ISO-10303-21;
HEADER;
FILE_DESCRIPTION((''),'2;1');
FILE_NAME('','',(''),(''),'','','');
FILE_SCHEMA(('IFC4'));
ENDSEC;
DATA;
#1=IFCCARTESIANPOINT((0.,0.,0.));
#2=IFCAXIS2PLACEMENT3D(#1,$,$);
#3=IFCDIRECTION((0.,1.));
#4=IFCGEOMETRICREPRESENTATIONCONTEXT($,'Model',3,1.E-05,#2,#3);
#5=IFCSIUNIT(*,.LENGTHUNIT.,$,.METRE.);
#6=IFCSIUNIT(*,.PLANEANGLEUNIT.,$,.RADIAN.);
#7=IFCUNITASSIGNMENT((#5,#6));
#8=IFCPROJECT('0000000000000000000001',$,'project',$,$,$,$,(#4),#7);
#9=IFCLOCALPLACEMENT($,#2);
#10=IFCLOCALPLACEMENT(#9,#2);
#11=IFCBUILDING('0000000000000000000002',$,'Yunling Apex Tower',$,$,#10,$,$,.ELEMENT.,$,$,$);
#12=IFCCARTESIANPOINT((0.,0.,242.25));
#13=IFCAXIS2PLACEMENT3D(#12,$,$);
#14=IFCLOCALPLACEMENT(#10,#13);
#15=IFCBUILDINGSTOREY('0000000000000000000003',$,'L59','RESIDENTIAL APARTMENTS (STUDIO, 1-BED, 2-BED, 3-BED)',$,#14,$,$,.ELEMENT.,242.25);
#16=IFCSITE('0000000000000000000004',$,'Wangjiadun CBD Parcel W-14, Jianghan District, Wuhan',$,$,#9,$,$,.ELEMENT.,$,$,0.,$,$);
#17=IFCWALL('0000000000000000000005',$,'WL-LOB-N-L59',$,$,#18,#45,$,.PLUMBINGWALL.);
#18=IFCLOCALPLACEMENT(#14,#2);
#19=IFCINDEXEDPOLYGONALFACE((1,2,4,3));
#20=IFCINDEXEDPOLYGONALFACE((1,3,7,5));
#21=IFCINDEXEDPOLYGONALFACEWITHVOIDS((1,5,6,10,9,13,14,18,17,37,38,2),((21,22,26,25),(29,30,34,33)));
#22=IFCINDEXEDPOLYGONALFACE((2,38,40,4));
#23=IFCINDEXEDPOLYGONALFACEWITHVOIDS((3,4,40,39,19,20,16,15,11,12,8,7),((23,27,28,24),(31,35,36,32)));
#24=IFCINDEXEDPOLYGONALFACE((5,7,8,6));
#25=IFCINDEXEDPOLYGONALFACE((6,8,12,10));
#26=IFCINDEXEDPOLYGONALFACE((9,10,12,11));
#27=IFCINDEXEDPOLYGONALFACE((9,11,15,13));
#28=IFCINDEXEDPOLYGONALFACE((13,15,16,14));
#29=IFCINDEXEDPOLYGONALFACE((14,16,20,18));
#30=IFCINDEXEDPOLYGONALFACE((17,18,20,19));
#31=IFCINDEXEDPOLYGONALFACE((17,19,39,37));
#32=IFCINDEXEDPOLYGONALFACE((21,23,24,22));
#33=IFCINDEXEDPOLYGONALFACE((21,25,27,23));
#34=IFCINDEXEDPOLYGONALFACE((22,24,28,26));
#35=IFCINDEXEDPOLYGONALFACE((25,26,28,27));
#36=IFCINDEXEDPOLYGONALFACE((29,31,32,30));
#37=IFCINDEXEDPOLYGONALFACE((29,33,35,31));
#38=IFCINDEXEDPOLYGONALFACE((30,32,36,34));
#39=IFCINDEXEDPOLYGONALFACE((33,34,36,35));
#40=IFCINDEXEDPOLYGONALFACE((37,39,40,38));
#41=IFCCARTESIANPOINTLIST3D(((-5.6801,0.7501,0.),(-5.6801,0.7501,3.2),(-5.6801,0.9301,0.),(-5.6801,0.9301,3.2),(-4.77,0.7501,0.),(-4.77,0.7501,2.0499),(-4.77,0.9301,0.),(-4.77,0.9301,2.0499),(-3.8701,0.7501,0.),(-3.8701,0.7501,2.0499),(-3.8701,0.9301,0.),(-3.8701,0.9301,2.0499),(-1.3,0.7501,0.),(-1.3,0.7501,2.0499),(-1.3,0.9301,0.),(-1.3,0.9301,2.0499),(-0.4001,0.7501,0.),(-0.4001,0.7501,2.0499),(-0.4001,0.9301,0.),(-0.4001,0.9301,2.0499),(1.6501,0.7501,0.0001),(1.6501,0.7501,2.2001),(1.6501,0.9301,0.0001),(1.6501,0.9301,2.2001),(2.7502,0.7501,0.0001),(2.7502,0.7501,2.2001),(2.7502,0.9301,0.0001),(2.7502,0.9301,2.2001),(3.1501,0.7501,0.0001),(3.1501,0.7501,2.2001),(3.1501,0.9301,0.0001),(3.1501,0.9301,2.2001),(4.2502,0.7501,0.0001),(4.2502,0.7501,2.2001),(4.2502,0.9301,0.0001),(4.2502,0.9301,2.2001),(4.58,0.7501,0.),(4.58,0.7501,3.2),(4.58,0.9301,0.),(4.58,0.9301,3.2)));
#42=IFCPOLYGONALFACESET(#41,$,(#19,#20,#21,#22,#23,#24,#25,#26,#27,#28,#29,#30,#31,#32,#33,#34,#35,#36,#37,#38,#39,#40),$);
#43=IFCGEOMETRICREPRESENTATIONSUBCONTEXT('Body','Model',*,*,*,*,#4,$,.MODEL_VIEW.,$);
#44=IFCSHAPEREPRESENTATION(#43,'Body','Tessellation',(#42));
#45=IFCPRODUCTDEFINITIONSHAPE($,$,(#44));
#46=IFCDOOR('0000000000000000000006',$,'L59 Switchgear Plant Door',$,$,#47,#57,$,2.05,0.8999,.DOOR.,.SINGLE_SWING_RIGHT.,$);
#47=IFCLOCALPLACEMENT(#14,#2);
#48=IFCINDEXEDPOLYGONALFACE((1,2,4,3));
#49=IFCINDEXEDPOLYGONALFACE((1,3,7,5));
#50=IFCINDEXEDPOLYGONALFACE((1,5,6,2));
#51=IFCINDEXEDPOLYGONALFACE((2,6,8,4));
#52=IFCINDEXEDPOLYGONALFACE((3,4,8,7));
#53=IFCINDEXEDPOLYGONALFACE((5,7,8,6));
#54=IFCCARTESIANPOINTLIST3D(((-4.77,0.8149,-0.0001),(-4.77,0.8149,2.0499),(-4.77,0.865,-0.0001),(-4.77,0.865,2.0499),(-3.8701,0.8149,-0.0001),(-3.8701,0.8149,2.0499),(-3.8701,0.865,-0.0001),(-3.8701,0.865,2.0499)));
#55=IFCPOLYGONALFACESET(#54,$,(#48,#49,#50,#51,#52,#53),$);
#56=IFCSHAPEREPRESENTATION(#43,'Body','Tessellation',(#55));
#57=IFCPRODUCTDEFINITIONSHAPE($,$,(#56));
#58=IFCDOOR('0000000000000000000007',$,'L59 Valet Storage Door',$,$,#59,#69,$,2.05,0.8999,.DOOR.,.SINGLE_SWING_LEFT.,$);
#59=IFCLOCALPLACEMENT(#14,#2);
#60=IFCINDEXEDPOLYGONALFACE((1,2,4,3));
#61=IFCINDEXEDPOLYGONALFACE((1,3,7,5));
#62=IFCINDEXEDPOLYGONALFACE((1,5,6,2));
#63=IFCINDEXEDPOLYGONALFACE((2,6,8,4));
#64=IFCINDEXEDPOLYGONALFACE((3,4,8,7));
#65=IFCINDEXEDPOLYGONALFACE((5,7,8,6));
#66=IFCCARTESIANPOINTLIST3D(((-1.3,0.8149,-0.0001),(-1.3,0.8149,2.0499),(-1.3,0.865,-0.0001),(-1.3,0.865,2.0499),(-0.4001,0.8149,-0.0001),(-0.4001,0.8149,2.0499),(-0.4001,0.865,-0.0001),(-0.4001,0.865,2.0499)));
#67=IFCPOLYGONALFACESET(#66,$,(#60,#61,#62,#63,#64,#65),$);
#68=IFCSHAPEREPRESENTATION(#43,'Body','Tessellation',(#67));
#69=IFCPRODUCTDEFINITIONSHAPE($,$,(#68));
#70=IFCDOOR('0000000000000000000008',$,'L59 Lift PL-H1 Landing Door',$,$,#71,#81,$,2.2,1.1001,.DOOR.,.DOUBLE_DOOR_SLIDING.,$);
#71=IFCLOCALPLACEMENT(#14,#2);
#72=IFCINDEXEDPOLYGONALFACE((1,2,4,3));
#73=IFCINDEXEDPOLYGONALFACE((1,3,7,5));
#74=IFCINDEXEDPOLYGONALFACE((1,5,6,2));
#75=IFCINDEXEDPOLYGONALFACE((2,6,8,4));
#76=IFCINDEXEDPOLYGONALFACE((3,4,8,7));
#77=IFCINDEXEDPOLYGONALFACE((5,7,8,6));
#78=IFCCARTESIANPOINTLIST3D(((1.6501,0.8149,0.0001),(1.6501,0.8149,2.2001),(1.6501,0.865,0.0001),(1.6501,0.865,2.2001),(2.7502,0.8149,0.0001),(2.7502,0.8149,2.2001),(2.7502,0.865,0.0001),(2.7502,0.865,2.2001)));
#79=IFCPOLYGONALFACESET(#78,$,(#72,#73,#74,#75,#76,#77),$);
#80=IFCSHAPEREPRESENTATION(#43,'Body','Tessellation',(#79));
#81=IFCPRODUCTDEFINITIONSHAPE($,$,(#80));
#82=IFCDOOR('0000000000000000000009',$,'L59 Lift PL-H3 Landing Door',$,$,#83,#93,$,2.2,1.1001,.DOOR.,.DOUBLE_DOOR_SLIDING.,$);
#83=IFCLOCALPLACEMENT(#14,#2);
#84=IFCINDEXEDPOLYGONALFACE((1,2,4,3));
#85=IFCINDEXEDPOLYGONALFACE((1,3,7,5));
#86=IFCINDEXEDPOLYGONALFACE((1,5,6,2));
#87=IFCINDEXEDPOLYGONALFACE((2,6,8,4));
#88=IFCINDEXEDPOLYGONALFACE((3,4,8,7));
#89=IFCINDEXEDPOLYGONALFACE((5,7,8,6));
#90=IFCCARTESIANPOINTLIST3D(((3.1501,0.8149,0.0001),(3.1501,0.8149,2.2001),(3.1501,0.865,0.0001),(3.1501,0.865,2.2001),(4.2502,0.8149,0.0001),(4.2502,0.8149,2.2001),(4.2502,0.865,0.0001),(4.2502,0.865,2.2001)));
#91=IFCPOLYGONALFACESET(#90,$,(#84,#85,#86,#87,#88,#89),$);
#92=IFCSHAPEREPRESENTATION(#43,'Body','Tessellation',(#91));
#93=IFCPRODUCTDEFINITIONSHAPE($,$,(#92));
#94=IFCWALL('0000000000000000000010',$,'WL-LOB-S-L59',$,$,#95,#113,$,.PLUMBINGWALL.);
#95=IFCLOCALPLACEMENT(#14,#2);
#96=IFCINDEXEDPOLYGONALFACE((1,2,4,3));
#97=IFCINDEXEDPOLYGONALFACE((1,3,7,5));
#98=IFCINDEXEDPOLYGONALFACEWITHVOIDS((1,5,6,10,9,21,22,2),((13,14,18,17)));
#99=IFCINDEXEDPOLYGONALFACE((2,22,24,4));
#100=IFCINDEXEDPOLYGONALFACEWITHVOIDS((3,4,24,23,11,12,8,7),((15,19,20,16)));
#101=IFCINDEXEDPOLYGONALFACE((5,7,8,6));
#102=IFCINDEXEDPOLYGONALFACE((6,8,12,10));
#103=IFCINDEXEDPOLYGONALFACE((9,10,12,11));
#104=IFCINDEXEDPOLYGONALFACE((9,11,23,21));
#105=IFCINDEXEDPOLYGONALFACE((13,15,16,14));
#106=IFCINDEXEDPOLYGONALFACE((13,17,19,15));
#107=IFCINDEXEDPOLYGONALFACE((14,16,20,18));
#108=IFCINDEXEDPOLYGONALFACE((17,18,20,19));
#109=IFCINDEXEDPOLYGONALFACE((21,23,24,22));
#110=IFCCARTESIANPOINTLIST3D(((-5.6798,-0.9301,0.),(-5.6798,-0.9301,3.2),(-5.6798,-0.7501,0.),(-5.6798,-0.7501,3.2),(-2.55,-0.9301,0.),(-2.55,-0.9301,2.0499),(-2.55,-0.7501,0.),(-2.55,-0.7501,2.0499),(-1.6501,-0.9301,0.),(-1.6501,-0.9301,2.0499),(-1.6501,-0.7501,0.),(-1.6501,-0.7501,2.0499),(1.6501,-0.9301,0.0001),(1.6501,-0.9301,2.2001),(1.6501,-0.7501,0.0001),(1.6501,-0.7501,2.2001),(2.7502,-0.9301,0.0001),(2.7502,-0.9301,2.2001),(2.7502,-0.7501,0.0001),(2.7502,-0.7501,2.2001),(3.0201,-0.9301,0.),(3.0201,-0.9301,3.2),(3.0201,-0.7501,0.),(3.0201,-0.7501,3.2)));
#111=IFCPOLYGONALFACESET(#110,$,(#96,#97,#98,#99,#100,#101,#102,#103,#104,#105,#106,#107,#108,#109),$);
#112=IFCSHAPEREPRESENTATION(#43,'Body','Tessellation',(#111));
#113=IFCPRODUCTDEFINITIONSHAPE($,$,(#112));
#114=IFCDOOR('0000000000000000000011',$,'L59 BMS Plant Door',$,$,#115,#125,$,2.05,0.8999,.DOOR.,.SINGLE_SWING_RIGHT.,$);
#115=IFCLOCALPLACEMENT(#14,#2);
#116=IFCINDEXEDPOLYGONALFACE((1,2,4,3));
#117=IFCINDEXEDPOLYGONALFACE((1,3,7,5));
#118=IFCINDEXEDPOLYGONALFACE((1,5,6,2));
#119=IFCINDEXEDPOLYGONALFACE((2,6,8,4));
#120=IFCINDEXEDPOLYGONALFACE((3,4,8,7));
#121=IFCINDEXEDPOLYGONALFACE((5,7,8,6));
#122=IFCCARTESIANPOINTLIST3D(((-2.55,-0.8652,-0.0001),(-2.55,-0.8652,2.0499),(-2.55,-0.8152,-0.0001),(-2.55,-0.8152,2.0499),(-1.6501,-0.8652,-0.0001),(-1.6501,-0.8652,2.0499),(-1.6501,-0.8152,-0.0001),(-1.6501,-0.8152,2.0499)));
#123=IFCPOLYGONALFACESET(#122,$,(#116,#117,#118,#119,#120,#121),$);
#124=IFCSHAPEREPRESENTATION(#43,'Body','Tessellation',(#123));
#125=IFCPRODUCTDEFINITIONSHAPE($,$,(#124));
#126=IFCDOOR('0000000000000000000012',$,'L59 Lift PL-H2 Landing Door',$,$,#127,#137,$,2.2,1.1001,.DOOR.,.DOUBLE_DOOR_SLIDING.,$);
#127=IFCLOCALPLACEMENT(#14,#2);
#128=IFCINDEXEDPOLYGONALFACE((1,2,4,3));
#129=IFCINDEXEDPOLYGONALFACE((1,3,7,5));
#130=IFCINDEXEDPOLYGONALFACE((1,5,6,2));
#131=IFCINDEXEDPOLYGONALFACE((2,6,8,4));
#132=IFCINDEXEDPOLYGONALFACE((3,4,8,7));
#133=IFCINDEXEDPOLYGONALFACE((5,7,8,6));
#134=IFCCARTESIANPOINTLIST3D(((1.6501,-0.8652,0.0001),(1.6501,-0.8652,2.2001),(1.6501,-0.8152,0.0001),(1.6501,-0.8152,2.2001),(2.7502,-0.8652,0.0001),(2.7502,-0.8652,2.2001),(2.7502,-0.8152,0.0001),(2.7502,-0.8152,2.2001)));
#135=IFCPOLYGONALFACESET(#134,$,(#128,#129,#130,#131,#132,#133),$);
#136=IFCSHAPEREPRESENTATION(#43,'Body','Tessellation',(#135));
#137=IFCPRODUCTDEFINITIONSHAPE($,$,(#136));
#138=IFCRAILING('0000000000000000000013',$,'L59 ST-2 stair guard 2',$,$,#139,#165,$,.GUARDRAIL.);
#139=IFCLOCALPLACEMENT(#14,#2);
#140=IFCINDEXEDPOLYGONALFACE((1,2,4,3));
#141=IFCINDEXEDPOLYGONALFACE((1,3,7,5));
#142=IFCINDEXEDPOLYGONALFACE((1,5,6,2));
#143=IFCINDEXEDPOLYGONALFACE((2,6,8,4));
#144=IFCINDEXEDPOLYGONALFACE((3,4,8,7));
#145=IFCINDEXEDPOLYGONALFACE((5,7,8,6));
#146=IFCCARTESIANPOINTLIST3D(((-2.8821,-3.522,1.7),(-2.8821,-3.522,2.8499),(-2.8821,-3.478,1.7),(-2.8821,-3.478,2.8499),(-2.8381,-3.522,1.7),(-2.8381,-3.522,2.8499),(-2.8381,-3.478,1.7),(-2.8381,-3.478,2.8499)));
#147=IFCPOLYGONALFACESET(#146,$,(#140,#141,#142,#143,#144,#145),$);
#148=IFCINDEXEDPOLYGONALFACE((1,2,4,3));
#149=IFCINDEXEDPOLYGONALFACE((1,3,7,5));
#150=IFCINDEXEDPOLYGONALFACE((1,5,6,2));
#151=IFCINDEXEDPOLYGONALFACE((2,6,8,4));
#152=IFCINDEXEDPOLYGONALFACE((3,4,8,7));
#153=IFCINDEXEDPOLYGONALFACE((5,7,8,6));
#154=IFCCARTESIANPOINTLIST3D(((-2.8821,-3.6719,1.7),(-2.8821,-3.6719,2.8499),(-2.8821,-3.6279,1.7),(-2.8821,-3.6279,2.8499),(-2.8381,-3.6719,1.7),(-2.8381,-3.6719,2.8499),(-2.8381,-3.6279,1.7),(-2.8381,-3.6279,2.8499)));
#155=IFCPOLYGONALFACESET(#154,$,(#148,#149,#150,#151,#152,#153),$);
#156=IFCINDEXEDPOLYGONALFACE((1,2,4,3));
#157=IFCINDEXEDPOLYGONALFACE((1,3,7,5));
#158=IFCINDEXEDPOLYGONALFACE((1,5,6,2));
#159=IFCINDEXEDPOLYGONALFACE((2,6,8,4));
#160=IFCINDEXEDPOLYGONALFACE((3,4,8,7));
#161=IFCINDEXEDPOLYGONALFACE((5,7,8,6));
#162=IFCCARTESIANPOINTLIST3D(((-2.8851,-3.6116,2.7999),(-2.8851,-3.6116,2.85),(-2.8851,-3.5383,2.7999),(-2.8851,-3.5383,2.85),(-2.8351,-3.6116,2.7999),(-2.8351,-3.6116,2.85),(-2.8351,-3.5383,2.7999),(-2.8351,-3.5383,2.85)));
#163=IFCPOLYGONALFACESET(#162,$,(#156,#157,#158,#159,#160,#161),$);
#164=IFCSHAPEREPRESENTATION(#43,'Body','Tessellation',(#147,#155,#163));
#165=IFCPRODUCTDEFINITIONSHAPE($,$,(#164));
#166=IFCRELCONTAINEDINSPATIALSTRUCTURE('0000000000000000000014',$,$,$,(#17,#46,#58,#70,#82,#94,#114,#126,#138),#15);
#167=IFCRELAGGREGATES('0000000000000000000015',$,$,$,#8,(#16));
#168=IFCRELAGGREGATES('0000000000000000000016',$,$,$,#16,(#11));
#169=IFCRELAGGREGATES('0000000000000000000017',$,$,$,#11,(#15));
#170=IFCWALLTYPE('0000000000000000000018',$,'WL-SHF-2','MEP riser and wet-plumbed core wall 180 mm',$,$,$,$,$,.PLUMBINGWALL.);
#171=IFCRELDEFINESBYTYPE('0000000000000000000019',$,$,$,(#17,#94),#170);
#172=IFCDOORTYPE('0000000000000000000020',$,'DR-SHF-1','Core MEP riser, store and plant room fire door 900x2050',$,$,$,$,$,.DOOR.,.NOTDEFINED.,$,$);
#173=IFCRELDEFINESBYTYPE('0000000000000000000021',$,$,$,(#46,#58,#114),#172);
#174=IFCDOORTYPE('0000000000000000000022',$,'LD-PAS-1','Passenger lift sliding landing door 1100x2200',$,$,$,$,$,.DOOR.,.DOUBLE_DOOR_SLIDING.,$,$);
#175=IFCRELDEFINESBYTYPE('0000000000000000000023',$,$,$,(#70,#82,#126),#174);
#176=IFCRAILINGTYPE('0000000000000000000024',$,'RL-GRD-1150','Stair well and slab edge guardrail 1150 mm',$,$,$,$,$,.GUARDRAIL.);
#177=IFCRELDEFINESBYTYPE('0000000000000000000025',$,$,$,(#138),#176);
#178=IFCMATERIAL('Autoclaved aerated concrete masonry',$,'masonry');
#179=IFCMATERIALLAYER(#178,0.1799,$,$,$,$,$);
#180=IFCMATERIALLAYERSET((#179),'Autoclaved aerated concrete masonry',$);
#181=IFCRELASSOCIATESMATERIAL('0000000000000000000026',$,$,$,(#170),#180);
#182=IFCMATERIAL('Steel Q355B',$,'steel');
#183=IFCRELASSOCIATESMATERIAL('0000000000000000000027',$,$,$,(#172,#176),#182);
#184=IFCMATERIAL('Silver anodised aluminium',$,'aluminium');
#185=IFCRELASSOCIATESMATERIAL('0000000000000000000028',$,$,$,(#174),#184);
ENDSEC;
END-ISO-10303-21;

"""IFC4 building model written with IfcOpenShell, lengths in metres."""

from ifc_helpers import new_model, si_unit, direction, frame, frame_2d, origin, origin_2d, place, context, subcontext, project, spatial, rectangle, extrude, material, layer, layer_set, type_object, element, fill, save


model = new_model("IFC4")

# Units and contexts
model_context = context("Model", 3, precision=1e-05, world=origin(), true_north=direction((0.0, 1.0)))
body_context = subcontext(model_context, "Body", "Model", "MODEL_VIEW")
ifc_project = project(units=[si_unit("LENGTHUNIT", "METRE"), si_unit("PLANEANGLEUNIT", "RADIAN")], contexts=[model_context])

# Site, building, storey
site_placement = place(None, origin())
site = spatial("IfcSite", under=ifc_project, at=site_placement, Name="Wangjiadun CBD Parcel W-14, Jianghan District, Wuhan", CompositionType="ELEMENT", RefElevation=0.0)
building_placement = place(site_placement, origin())
building = spatial("IfcBuilding", under=site, at=building_placement, Name="Yunling Apex Tower", CompositionType="ELEMENT")
storey_placement = place(building_placement, frame((0.0, 0.0, 242.25)))
storey = spatial("IfcBuildingStorey", under=building, at=storey_placement, Name="L59", Description="RESIDENTIAL APARTMENTS (STUDIO, 1-BED, 2-BED, 3-BED)", CompositionType="ELEMENT", Elevation=242.25)

# Shared definitions
ifc_material_1 = material(Name="Steel Q355B", Category="steel")

# Shared definitions
ifc_material_2 = material(Name="Autoclaved aerated concrete masonry", Category="masonry")

# Walls, openings, doors
ifc_layer_1 = layer(ifc_material_2, 0.1799)
ifc_layer_set_1 = layer_set([ifc_layer_1], Name="Autoclaved aerated concrete masonry")
wall_type_1 = type_object("IfcWallType", Name="WL-SHF-2", Description="MEP riser and wet-plumbed core wall 180 mm", PredefinedType="PLUMBINGWALL", material=ifc_layer_set_1)
wall_1_placement = place(storey_placement, frame((-5.6799, 0.8401, 0.0), z_axis=(0.0, 0.0, 1.0), x_axis=(1.0, 0.0, 0.0)))
wall_1 = element("IfcWall", 1, at=wall_1_placement, inside=storey, type_object=wall_type_1, Name="WL-LOB-N-L59", PredefinedType="PLUMBINGWALL", context=body_context, shape_type="SweptSolid", body=[
    extrude(rectangle(XDim=10.26, YDim=0.1799, at=frame_2d((5.1299, 0.0))), origin(), (0.0, 0.0, 1.0), 3.2),
])
opening_1_placement = place(wall_1_placement, frame((0.9099, 0.0, 0.0)))
opening_1 = element("IfcOpeningElement", 2, at=opening_1_placement, cuts=wall_1, PredefinedType="OPENING", context=body_context, shape_type="SweptSolid", body=[
    extrude(rectangle(XDim=0.8999, YDim=2.05, at=frame_2d((0.45, 1.0249))), frame((0.0, 0.1001, 0.0), z_axis=(0.0, -1.0, 0.0), x_axis=(1.0, 0.0, 0.0)), (0.0, 0.0, 1.0), 0.2),
])
opening_2_placement = place(wall_1_placement, frame((4.3799, 0.0, 0.0)))
opening_2 = element("IfcOpeningElement", 3, at=opening_2_placement, cuts=wall_1, PredefinedType="OPENING", context=body_context, shape_type="SweptSolid", body=[
    extrude(rectangle(XDim=0.8999, YDim=2.05, at=frame_2d((0.45, 1.0249))), frame((0.0, 0.1001, 0.0), z_axis=(0.0, -1.0, 0.0), x_axis=(1.0, 0.0, 0.0)), (0.0, 0.0, 1.0), 0.2),
])
opening_3_placement = place(wall_1_placement, frame((7.3301, 0.0, 0.0)))
opening_3 = element("IfcOpeningElement", 4, at=opening_3_placement, cuts=wall_1, PredefinedType="OPENING", context=body_context, shape_type="SweptSolid", body=[
    extrude(rectangle(XDim=1.1001, YDim=2.2, at=frame_2d((0.55, 1.1001))), frame((0.0, 0.1001, 0.0), z_axis=(0.0, -1.0, 0.0), x_axis=(1.0, 0.0, 0.0)), (0.0, 0.0, 1.0), 0.2),
])
opening_4_placement = place(wall_1_placement, frame((8.8301, 0.0, 0.0)))
opening_4 = element("IfcOpeningElement", 5, at=opening_4_placement, cuts=wall_1, PredefinedType="OPENING", context=body_context, shape_type="SweptSolid", body=[
    extrude(rectangle(XDim=1.1001, YDim=2.2, at=frame_2d((0.55, 1.1001))), frame((0.0, 0.1001, 0.0), z_axis=(0.0, -1.0, 0.0), x_axis=(1.0, 0.0, 0.0)), (0.0, 0.0, 1.0), 0.2),
])
door_type_1 = type_object("IfcDoorType", Name="DR-SHF-1", Description="Core MEP riser, store and plant room fire door 900x2050", OperationType="NOTDEFINED", PredefinedType="DOOR", material=ifc_material_1)
door_1_placement = place(opening_1_placement, origin())
door_1 = element("IfcDoor", 6, at=door_1_placement, inside=storey, type_object=door_type_1, Name="L59 Switchgear Plant Door", OperationType="SINGLE_SWING_RIGHT", OverallHeight=2.05, OverallWidth=0.8999, PredefinedType="DOOR", context=body_context, shape_type="SweptSolid", body=[
    extrude(rectangle(XDim=0.8999, YDim=2.05, at=frame_2d((0.45, 1.0249))), frame((0.0, 0.0249, 0.0), z_axis=(0.0, -1.0, 0.0), x_axis=(1.0, 0.0, 0.0)), (0.0, 0.0, 1.0), 0.05),
])
fill(opening_1, door_1)
door_2_placement = place(opening_2_placement, origin())
door_2 = element("IfcDoor", 7, at=door_2_placement, inside=storey, type_object=door_type_1, Name="L59 Valet Storage Door", OperationType="SINGLE_SWING_LEFT", OverallHeight=2.05, OverallWidth=0.8999, PredefinedType="DOOR", context=body_context, shape_type="SweptSolid", body=[
    extrude(rectangle(XDim=0.8999, YDim=2.05, at=frame_2d((0.45, 1.0249))), frame((0.0, 0.0249, 0.0), z_axis=(0.0, -1.0, 0.0), x_axis=(1.0, 0.0, 0.0)), (0.0, 0.0, 1.0), 0.05),
])
fill(opening_2, door_2)
ifc_material_3 = material(Name="Silver anodised aluminium", Category="aluminium")
door_type_2 = type_object("IfcDoorType", Name="LD-PAS-1", Description="Passenger lift sliding landing door 1100x2200", OperationType="DOUBLE_DOOR_SLIDING", PredefinedType="DOOR", material=ifc_material_3)
door_3_placement = place(opening_3_placement, origin())
door_3 = element("IfcDoor", 8, at=door_3_placement, inside=storey, type_object=door_type_2, Name="L59 Lift PL-H1 Landing Door", OperationType="DOUBLE_DOOR_SLIDING", OverallHeight=2.2, OverallWidth=1.1001, PredefinedType="DOOR", context=body_context, shape_type="SweptSolid", body=[
    extrude(rectangle(XDim=1.1001, YDim=2.2, at=frame_2d((0.55, 1.1001))), frame((0.0, 0.0249, 0.0), z_axis=(0.0, -1.0, 0.0), x_axis=(1.0, 0.0, 0.0)), (0.0, 0.0, 1.0), 0.05),
])
fill(opening_3, door_3)
door_4_placement = place(opening_4_placement, origin())
door_4 = element("IfcDoor", 9, at=door_4_placement, inside=storey, type_object=door_type_2, Name="L59 Lift PL-H3 Landing Door", OperationType="DOUBLE_DOOR_SLIDING", OverallHeight=2.2, OverallWidth=1.1001, PredefinedType="DOOR", context=body_context, shape_type="SweptSolid", body=[
    extrude(rectangle(XDim=1.1001, YDim=2.2, at=frame_2d((0.55, 1.1001))), frame((0.0, 0.0249, 0.0), z_axis=(0.0, -1.0, 0.0), x_axis=(1.0, 0.0, 0.0)), (0.0, 0.0, 1.0), 0.05),
])
fill(opening_4, door_4)
wall_2_placement = place(storey_placement, frame((-5.6799, -0.8401, 0.0), z_axis=(0.0, 0.0, 1.0), x_axis=(1.0, 0.0, 0.0)))
wall_2 = element("IfcWall", 10, at=wall_2_placement, inside=storey, type_object=wall_type_1, Name="WL-LOB-S-L59", PredefinedType="PLUMBINGWALL", context=body_context, shape_type="SweptSolid", body=[
    extrude(rectangle(XDim=8.7, YDim=0.1799, at=frame_2d((4.3501, 0.0))), origin(), (0.0, 0.0, 1.0), 3.2),
])
opening_5_placement = place(wall_2_placement, frame((3.1299, 0.0, 0.0)))
opening_5 = element("IfcOpeningElement", 11, at=opening_5_placement, cuts=wall_2, PredefinedType="OPENING", context=body_context, shape_type="SweptSolid", body=[
    extrude(rectangle(XDim=0.8999, YDim=2.05, at=frame_2d((0.45, 1.0249))), frame((0.0, 0.1001, 0.0), z_axis=(0.0, -1.0, 0.0), x_axis=(1.0, 0.0, 0.0)), (0.0, 0.0, 1.0), 0.2),
])
opening_6_placement = place(wall_2_placement, frame((7.3301, 0.0, 0.0)))
opening_6 = element("IfcOpeningElement", 12, at=opening_6_placement, cuts=wall_2, PredefinedType="OPENING", context=body_context, shape_type="SweptSolid", body=[
    extrude(rectangle(XDim=1.1001, YDim=2.2, at=frame_2d((0.55, 1.1001))), frame((0.0, 0.1001, 0.0), z_axis=(0.0, -1.0, 0.0), x_axis=(1.0, 0.0, 0.0)), (0.0, 0.0, 1.0), 0.2),
])
door_5_placement = place(opening_5_placement, origin())
door_5 = element("IfcDoor", 13, at=door_5_placement, inside=storey, type_object=door_type_1, Name="L59 BMS Plant Door", OperationType="SINGLE_SWING_RIGHT", OverallHeight=2.05, OverallWidth=0.8999, PredefinedType="DOOR", context=body_context, shape_type="SweptSolid", body=[
    extrude(rectangle(XDim=0.8999, YDim=2.05, at=frame_2d((0.45, 1.0249))), frame((0.0, 0.0249, 0.0), z_axis=(0.0, -1.0, 0.0), x_axis=(1.0, 0.0, 0.0)), (0.0, 0.0, 1.0), 0.05),
])
fill(opening_5, door_5)
door_6_placement = place(opening_6_placement, origin())
door_6 = element("IfcDoor", 14, at=door_6_placement, inside=storey, type_object=door_type_2, Name="L59 Lift PL-H2 Landing Door", OperationType="DOUBLE_DOOR_SLIDING", OverallHeight=2.2, OverallWidth=1.1001, PredefinedType="DOOR", context=body_context, shape_type="SweptSolid", body=[
    extrude(rectangle(XDim=1.1001, YDim=2.2, at=frame_2d((0.55, 1.1001))), frame((0.0, 0.0249, 0.0), z_axis=(0.0, -1.0, 0.0), x_axis=(1.0, 0.0, 0.0)), (0.0, 0.0, 1.0), 0.05),
])
fill(opening_6, door_6)

# Railing
railing_type = type_object("IfcRailingType", Name="RL-GRD-1150", Description="Stair well and slab edge guardrail 1150 mm", PredefinedType="GUARDRAIL", material=ifc_material_1)
railing_placement = place(storey_placement, frame((-2.8601, -3.5, 1.7)))
element("IfcRailing", 15, at=railing_placement, inside=storey, type_object=railing_type, Name="L59 ST-2 stair guard 2", PredefinedType="GUARDRAIL", context=body_context, shape_type="SweptSolid", body=[
    extrude(rectangle(XDim=0.0439, YDim=0.0439, at=origin_2d()), origin(), (0.0, 0.0, 1.0), 1.1499),
    extrude(rectangle(XDim=0.0439, YDim=0.0439, at=origin_2d()), frame((0.0, -0.1499, 0.0)), (0.0, 0.0, 1.0), 1.1499),
    extrude(rectangle(XDim=0.05, YDim=0.05, at=origin_2d()), frame((0.0, -0.0383, 1.125), z_axis=(0.0, -1.0, 0.0), x_axis=(1.0, 0.0, 0.0)), (0.0, 0.0, 1.0), 0.0732),
])

save(model, "model.ifc")
